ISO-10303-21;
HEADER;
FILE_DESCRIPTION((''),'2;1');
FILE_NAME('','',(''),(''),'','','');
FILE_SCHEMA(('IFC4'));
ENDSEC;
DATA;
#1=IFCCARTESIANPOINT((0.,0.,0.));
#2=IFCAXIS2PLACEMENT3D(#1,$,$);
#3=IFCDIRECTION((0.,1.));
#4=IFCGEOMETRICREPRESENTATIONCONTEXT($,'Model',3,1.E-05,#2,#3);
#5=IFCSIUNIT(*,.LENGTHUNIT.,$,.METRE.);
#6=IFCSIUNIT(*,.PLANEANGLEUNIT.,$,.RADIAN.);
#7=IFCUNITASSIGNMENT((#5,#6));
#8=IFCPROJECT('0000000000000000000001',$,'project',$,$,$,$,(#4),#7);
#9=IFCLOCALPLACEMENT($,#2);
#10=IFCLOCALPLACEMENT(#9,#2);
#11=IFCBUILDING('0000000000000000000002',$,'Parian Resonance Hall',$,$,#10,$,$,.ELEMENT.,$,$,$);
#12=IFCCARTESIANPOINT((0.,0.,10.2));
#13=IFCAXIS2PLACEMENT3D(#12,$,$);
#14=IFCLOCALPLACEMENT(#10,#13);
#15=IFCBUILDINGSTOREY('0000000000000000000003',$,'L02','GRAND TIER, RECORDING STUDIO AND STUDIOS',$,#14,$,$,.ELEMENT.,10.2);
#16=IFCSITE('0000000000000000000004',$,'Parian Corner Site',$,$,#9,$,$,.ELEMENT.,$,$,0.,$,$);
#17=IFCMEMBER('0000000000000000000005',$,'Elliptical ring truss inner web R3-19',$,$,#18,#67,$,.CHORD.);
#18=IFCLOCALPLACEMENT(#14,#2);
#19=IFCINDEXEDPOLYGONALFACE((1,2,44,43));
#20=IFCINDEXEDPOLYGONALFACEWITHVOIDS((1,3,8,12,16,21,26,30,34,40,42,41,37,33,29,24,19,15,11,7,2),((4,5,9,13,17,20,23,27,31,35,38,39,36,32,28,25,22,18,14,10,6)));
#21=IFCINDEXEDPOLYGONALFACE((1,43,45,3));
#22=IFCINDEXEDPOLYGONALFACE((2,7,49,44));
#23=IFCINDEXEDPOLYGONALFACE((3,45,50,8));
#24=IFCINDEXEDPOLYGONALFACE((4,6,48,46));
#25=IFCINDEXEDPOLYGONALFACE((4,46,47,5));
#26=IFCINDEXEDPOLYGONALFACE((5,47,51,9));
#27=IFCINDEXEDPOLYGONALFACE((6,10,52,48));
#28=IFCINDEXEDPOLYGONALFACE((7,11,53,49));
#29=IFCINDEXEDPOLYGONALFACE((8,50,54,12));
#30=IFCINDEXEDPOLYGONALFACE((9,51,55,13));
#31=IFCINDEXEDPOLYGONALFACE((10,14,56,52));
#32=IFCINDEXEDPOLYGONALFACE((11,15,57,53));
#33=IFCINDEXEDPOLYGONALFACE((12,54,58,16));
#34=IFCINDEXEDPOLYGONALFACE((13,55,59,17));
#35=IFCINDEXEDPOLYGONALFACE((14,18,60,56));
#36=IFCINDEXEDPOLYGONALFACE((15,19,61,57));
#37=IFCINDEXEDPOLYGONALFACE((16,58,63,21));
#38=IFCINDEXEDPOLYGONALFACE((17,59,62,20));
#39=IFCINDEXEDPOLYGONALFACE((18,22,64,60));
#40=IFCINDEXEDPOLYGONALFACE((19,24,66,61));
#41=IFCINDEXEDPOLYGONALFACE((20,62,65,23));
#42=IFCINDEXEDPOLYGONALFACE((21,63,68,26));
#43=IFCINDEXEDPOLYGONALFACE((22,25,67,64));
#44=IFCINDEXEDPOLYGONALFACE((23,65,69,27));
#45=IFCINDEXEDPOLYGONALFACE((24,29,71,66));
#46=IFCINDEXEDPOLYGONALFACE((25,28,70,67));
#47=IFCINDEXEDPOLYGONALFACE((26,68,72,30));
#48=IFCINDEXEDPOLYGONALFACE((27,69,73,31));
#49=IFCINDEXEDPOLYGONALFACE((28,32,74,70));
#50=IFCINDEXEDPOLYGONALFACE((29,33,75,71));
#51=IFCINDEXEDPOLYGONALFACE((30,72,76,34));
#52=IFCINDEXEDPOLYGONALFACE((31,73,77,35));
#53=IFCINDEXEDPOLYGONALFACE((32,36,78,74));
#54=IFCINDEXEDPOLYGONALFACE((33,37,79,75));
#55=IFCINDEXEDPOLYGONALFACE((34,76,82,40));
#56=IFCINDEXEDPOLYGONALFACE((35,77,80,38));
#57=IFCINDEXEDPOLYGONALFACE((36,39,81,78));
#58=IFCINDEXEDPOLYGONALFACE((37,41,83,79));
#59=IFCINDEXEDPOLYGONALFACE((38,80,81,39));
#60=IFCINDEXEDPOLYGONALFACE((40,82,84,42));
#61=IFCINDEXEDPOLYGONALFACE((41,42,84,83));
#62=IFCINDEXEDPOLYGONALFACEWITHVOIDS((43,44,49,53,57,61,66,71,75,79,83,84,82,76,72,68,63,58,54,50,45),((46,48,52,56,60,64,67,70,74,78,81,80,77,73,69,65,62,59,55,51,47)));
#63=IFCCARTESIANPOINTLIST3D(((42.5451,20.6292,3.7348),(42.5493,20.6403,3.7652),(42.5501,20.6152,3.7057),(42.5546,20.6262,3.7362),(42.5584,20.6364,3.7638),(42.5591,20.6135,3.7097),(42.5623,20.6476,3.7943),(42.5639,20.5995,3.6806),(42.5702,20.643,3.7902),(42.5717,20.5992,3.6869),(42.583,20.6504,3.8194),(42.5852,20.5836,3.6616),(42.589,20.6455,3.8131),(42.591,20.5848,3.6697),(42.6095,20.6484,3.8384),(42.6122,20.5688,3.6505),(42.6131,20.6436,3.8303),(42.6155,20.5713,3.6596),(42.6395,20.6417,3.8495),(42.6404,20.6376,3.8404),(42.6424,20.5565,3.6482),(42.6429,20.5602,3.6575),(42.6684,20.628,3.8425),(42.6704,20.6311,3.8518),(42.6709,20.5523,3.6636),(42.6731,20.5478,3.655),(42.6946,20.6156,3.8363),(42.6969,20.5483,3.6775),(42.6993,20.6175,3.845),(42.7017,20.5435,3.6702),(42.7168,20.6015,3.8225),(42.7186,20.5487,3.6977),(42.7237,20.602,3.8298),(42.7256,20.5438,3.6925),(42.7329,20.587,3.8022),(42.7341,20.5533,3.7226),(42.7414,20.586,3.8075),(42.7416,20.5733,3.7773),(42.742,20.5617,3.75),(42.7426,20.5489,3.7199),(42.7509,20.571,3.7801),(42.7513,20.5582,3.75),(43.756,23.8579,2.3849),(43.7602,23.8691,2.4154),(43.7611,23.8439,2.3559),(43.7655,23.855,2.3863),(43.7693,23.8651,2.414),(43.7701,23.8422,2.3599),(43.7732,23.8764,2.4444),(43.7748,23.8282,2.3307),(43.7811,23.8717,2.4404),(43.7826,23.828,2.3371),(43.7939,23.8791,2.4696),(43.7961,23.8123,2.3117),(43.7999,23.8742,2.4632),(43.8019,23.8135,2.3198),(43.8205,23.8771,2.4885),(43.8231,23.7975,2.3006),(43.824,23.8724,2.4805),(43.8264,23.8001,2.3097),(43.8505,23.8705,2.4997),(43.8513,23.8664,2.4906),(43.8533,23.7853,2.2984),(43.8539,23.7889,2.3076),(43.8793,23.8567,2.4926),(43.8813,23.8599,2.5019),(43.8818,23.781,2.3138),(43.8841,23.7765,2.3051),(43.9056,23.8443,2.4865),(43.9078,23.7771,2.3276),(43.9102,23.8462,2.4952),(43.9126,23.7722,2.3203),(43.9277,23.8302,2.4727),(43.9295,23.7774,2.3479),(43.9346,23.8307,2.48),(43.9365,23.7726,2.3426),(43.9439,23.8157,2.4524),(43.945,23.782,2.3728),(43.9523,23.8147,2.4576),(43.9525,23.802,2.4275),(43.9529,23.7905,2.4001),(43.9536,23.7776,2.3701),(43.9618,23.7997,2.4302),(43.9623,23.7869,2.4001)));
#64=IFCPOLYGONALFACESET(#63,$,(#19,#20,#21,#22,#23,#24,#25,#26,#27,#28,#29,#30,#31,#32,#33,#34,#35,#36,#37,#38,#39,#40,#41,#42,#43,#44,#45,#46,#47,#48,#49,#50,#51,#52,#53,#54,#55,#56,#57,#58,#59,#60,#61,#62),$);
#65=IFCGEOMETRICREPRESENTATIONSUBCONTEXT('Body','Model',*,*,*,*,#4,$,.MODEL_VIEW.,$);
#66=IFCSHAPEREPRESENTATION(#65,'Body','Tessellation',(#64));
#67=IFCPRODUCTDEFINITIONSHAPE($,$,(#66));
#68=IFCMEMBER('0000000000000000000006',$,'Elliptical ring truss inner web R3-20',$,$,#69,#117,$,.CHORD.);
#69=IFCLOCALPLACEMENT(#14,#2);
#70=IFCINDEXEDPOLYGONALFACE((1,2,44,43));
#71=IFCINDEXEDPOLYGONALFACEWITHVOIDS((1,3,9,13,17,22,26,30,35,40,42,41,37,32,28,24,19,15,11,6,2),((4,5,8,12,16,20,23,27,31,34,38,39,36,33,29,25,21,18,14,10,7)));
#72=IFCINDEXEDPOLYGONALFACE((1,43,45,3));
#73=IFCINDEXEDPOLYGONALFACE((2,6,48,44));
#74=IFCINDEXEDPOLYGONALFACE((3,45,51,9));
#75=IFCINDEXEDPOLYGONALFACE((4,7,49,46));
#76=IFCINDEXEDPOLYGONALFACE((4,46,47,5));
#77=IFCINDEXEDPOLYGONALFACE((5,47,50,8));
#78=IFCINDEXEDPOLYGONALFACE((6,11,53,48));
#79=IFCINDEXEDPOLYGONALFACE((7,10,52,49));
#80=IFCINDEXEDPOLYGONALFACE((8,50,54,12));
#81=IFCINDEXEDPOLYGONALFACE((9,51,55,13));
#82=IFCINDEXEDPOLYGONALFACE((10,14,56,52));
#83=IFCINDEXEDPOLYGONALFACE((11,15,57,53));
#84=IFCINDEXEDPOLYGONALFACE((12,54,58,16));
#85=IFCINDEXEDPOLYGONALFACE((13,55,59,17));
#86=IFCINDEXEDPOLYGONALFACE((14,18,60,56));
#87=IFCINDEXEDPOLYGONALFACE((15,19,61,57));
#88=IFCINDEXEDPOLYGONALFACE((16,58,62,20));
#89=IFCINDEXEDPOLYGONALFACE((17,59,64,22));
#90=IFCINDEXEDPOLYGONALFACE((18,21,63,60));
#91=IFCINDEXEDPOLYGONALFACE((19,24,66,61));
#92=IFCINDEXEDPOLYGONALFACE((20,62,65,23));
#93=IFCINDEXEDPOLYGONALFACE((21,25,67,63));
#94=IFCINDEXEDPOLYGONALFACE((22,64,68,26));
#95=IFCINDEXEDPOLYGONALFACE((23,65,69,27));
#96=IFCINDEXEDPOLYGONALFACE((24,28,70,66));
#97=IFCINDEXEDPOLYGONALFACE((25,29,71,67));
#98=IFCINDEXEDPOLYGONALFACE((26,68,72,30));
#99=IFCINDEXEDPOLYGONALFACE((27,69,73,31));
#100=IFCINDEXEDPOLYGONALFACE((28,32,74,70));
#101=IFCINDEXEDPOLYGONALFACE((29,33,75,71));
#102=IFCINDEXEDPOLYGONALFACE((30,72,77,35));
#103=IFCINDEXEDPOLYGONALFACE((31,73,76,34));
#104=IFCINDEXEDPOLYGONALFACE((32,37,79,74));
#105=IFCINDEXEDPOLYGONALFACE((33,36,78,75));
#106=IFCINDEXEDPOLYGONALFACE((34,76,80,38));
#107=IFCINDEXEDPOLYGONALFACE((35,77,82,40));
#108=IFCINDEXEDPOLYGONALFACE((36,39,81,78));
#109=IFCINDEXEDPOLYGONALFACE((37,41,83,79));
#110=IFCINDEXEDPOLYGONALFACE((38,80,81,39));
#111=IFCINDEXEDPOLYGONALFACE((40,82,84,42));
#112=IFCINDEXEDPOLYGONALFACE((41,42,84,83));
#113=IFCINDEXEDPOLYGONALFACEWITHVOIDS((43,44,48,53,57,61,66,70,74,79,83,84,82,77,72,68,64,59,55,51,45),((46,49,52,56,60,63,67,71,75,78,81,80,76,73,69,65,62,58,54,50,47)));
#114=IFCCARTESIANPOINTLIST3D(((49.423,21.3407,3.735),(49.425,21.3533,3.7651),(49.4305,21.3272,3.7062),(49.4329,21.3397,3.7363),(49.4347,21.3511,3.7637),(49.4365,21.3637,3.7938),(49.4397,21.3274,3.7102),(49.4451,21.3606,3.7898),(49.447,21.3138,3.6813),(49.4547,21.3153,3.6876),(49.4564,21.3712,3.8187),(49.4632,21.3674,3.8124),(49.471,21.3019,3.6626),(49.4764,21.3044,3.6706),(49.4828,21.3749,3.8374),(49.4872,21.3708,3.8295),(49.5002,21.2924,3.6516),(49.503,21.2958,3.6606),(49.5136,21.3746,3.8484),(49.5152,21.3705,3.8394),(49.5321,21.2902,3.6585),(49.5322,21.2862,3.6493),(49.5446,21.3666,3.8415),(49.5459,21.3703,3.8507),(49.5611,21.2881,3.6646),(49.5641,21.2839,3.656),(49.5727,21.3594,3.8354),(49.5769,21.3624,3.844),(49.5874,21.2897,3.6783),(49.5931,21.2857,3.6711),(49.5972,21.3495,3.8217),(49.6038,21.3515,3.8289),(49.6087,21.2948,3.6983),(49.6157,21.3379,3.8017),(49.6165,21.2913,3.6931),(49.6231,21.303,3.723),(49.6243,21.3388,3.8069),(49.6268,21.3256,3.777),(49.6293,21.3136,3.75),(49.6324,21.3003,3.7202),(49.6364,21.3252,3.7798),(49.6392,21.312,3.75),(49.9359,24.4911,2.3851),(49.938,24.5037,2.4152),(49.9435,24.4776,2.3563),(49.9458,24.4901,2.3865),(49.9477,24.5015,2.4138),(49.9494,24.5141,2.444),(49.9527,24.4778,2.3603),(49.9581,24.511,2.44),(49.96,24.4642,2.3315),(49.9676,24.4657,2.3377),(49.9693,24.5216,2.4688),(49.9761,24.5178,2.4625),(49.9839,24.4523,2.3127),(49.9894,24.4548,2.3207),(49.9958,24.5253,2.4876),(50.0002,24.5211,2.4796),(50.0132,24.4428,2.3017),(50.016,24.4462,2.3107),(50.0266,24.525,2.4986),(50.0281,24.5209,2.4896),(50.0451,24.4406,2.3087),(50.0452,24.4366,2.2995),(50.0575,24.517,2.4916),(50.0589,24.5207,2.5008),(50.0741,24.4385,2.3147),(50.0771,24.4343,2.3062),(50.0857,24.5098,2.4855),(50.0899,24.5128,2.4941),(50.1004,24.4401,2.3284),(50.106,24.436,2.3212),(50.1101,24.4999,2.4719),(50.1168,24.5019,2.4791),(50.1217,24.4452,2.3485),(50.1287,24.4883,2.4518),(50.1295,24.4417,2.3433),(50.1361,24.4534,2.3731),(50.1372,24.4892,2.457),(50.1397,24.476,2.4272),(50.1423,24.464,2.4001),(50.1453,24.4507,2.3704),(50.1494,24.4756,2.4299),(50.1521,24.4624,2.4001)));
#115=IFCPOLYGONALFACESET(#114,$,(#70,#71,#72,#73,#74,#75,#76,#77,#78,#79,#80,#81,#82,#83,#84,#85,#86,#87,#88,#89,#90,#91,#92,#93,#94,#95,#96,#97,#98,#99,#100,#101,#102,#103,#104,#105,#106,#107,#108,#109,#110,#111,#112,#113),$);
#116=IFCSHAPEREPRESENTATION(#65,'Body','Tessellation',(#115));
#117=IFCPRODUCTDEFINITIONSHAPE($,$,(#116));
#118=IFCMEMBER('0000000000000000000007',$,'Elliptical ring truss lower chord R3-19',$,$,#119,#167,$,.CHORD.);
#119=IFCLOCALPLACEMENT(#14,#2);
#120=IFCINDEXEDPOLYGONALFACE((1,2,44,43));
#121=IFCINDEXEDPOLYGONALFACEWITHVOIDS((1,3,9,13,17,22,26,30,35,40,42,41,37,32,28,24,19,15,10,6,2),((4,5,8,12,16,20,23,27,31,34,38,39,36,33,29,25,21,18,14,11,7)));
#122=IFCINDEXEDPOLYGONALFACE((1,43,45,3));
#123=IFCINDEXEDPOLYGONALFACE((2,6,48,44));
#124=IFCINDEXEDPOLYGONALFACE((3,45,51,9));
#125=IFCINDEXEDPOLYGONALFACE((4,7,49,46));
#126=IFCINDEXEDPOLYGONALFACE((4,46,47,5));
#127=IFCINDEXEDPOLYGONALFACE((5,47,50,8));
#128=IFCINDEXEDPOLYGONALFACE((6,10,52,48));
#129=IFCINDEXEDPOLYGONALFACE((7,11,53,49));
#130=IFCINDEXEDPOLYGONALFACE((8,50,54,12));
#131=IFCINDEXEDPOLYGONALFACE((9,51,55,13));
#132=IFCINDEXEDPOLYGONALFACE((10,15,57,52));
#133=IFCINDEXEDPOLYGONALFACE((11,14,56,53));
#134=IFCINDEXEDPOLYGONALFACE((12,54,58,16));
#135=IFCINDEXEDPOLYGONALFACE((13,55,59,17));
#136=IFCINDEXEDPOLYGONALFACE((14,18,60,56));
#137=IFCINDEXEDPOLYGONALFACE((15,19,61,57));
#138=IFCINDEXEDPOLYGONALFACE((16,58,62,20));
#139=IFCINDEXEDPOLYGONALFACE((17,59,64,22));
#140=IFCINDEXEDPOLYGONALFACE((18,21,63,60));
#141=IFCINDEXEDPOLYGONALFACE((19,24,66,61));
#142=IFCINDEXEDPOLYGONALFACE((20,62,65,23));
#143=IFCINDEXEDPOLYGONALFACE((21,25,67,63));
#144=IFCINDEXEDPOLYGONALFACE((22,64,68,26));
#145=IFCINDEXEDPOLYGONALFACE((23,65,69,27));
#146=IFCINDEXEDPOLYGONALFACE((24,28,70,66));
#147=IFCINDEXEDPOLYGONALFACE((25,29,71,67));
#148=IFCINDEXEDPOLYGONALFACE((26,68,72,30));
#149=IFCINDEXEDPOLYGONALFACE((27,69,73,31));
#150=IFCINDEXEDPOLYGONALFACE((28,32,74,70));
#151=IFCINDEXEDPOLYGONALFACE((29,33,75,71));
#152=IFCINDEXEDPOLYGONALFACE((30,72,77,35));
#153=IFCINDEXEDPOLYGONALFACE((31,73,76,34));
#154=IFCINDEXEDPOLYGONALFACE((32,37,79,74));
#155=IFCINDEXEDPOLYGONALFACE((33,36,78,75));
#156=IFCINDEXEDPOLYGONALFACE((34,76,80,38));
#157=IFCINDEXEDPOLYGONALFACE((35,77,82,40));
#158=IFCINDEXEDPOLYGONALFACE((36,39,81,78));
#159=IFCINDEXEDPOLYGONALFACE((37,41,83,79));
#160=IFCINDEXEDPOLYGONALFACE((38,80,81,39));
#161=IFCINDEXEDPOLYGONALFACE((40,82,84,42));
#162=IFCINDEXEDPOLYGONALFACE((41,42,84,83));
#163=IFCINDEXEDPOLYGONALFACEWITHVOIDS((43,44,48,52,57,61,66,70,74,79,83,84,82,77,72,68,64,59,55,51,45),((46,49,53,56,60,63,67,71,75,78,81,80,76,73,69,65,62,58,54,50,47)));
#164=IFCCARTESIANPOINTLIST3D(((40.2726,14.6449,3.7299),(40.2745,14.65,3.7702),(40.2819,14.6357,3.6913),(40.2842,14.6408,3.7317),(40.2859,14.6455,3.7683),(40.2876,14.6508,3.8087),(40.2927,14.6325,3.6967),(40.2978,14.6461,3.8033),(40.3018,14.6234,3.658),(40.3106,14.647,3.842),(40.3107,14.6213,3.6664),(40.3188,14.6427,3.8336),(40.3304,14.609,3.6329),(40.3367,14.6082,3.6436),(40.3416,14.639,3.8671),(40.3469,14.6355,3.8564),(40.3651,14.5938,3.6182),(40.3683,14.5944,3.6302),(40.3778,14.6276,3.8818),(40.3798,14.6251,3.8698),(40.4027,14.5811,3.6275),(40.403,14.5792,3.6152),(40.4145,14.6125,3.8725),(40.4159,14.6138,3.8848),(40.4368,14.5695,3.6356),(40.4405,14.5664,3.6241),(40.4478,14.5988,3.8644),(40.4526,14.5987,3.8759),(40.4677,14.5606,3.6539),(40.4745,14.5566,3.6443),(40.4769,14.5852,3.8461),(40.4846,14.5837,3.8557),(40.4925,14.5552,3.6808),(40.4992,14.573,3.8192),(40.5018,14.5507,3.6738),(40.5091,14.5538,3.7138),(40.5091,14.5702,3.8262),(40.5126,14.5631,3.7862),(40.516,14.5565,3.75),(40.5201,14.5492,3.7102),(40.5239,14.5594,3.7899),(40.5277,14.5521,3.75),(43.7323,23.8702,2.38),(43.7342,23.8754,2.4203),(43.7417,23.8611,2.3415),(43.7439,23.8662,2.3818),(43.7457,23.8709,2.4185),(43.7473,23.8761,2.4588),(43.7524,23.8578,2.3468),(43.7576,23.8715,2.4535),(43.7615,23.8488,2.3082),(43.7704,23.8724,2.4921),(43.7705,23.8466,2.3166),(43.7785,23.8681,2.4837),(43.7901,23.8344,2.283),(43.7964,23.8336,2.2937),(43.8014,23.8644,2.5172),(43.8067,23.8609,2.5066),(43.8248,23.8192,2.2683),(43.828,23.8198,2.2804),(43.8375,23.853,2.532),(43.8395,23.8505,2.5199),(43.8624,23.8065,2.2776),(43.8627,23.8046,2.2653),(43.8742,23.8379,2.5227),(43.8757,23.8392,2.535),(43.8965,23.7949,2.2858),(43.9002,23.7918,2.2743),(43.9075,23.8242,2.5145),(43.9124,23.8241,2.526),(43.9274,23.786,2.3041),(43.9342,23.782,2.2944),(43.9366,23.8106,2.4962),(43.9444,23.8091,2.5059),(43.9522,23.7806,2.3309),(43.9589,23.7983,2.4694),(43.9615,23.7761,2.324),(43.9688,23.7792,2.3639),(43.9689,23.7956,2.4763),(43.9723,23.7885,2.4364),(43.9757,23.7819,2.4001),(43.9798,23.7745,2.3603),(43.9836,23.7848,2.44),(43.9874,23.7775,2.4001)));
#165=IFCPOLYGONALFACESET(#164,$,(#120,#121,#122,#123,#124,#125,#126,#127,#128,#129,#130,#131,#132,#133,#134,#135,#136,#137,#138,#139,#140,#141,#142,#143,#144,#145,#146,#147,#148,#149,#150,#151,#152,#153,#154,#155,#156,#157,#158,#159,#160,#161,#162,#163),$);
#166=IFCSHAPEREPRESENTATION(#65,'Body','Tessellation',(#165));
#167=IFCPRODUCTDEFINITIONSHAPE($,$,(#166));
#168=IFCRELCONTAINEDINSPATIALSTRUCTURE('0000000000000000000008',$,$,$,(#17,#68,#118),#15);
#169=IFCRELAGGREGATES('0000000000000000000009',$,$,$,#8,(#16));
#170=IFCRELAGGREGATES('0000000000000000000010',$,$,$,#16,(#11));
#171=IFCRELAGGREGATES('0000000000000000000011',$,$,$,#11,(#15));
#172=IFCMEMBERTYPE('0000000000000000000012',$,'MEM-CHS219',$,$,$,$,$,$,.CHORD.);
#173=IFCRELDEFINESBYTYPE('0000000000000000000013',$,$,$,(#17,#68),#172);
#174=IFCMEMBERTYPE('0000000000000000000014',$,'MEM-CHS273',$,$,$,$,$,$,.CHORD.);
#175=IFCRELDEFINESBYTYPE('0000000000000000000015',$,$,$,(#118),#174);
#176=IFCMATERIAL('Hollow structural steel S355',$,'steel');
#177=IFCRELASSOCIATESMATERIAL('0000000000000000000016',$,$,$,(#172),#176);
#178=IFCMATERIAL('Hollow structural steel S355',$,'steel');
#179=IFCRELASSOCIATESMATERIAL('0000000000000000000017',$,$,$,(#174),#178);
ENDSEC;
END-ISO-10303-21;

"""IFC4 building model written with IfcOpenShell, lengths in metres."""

from ifc_helpers import new_model, si_unit, direction, frame, origin, origin_2d, place, context, subcontext, project, spatial, hollow_circle, extrude, material, material_profile, profile_set, type_object, element, save


model = new_model("IFC4")

# Units and contexts
model_context = context("Model", 3, precision=1e-05, world=origin(), true_north=direction((0.0, 1.0)))
body_context = subcontext(model_context, "Body", "Model", "MODEL_VIEW")
ifc_project = project(units=[si_unit("LENGTHUNIT", "METRE"), si_unit("PLANEANGLEUNIT", "RADIAN")], contexts=[model_context])

# Site, building, storey
site_placement = place(None, origin())
site = spatial("IfcSite", under=ifc_project, at=site_placement, Name="Parian Corner Site", CompositionType="ELEMENT", RefElevation=0.0)
building_placement = place(site_placement, origin())
building = spatial("IfcBuilding", under=site, at=building_placement, Name="Parian Resonance Hall", CompositionType="ELEMENT")
storey_placement = place(building_placement, frame((0.0, 0.0, 10.2)))
storey = spatial("IfcBuildingStorey", under=building, at=storey_placement, Name="L02", Description="GRAND TIER, RECORDING STUDIO AND STUDIOS", CompositionType="ELEMENT", Elevation=10.2)

# Members
ifc_material_1 = material(Name="Hollow structural steel S355", Category="steel")
ifc_material_profile_1 = material_profile(ifc_material_1, hollow_circle(Radius=0.1096, WallThickness=0.01, at=origin_2d()), Name="CHS219.1x10")
ifc_profile_set_1 = profile_set([ifc_material_profile_1], Name="Hollow structural steel S355")
member_type_1 = type_object("IfcMemberType", Name="MEM-CHS219", PredefinedType="CHORD", material=ifc_profile_set_1)
member_1_placement = place(storey_placement, frame((43.8596, 23.8254, 2.4001), z_axis=(-0.327001, -0.871894, 0.364514), x_axis=(0.936315, -0.351162, 0.0)))
element("IfcMember", 1, at=member_1_placement, inside=storey, type_object=member_type_1, Name="Elliptical ring truss inner web R3-19", PredefinedType="CHORD", context=body_context, shape_type="SweptSolid", body=[
    extrude(hollow_circle(Radius=0.1096, WallThickness=0.01, at=origin_2d()), origin(), (0.0, 0.0, 1.0), 3.7031),
])
member_2_placement = place(storey_placement, frame((50.0439, 24.48, 2.4001), z_axis=(-0.14801, -0.909054, 0.389504), x_axis=(0.987003, -0.160702, 0.0)))
element("IfcMember", 2, at=member_2_placement, inside=storey, type_object=member_type_1, Name="Elliptical ring truss inner web R3-20", PredefinedType="CHORD", context=body_context, shape_type="SweptSolid", body=[
    extrude(hollow_circle(Radius=0.1096, WallThickness=0.01, at=origin_2d()), origin(), (0.0, 0.0, 1.0), 3.4656),
])
ifc_material_2 = material(Name="Hollow structural steel S355", Category="steel")
ifc_material_profile_2 = material_profile(ifc_material_2, hollow_circle(Radius=0.1365, WallThickness=0.0125, at=origin_2d()), Name="CHS273x12.5")
ifc_profile_set_2 = profile_set([ifc_material_profile_2], Name="Hollow structural steel S355")
member_type_2 = type_object("IfcMemberType", Name="MEM-CHS273", PredefinedType="CHORD", material=ifc_profile_set_2)
member_3_placement = place(storey_placement, frame((43.8596, 23.8254, 2.4001), z_axis=(-0.347893, -0.927657, 0.135735), x_axis=(0.936322, -0.351142, 0.0)))
element("IfcMember", 3, at=member_3_placement, inside=storey, type_object=member_type_2, Name="Elliptical ring truss lower chord R3-19", PredefinedType="CHORD", context=body_context, shape_type="SweptSolid", body=[
    extrude(hollow_circle(Radius=0.1365, WallThickness=0.0125, at=origin_2d()), origin(), (0.0, 0.0, 1.0), 9.9448),
])

save(model, "model.ifc")
